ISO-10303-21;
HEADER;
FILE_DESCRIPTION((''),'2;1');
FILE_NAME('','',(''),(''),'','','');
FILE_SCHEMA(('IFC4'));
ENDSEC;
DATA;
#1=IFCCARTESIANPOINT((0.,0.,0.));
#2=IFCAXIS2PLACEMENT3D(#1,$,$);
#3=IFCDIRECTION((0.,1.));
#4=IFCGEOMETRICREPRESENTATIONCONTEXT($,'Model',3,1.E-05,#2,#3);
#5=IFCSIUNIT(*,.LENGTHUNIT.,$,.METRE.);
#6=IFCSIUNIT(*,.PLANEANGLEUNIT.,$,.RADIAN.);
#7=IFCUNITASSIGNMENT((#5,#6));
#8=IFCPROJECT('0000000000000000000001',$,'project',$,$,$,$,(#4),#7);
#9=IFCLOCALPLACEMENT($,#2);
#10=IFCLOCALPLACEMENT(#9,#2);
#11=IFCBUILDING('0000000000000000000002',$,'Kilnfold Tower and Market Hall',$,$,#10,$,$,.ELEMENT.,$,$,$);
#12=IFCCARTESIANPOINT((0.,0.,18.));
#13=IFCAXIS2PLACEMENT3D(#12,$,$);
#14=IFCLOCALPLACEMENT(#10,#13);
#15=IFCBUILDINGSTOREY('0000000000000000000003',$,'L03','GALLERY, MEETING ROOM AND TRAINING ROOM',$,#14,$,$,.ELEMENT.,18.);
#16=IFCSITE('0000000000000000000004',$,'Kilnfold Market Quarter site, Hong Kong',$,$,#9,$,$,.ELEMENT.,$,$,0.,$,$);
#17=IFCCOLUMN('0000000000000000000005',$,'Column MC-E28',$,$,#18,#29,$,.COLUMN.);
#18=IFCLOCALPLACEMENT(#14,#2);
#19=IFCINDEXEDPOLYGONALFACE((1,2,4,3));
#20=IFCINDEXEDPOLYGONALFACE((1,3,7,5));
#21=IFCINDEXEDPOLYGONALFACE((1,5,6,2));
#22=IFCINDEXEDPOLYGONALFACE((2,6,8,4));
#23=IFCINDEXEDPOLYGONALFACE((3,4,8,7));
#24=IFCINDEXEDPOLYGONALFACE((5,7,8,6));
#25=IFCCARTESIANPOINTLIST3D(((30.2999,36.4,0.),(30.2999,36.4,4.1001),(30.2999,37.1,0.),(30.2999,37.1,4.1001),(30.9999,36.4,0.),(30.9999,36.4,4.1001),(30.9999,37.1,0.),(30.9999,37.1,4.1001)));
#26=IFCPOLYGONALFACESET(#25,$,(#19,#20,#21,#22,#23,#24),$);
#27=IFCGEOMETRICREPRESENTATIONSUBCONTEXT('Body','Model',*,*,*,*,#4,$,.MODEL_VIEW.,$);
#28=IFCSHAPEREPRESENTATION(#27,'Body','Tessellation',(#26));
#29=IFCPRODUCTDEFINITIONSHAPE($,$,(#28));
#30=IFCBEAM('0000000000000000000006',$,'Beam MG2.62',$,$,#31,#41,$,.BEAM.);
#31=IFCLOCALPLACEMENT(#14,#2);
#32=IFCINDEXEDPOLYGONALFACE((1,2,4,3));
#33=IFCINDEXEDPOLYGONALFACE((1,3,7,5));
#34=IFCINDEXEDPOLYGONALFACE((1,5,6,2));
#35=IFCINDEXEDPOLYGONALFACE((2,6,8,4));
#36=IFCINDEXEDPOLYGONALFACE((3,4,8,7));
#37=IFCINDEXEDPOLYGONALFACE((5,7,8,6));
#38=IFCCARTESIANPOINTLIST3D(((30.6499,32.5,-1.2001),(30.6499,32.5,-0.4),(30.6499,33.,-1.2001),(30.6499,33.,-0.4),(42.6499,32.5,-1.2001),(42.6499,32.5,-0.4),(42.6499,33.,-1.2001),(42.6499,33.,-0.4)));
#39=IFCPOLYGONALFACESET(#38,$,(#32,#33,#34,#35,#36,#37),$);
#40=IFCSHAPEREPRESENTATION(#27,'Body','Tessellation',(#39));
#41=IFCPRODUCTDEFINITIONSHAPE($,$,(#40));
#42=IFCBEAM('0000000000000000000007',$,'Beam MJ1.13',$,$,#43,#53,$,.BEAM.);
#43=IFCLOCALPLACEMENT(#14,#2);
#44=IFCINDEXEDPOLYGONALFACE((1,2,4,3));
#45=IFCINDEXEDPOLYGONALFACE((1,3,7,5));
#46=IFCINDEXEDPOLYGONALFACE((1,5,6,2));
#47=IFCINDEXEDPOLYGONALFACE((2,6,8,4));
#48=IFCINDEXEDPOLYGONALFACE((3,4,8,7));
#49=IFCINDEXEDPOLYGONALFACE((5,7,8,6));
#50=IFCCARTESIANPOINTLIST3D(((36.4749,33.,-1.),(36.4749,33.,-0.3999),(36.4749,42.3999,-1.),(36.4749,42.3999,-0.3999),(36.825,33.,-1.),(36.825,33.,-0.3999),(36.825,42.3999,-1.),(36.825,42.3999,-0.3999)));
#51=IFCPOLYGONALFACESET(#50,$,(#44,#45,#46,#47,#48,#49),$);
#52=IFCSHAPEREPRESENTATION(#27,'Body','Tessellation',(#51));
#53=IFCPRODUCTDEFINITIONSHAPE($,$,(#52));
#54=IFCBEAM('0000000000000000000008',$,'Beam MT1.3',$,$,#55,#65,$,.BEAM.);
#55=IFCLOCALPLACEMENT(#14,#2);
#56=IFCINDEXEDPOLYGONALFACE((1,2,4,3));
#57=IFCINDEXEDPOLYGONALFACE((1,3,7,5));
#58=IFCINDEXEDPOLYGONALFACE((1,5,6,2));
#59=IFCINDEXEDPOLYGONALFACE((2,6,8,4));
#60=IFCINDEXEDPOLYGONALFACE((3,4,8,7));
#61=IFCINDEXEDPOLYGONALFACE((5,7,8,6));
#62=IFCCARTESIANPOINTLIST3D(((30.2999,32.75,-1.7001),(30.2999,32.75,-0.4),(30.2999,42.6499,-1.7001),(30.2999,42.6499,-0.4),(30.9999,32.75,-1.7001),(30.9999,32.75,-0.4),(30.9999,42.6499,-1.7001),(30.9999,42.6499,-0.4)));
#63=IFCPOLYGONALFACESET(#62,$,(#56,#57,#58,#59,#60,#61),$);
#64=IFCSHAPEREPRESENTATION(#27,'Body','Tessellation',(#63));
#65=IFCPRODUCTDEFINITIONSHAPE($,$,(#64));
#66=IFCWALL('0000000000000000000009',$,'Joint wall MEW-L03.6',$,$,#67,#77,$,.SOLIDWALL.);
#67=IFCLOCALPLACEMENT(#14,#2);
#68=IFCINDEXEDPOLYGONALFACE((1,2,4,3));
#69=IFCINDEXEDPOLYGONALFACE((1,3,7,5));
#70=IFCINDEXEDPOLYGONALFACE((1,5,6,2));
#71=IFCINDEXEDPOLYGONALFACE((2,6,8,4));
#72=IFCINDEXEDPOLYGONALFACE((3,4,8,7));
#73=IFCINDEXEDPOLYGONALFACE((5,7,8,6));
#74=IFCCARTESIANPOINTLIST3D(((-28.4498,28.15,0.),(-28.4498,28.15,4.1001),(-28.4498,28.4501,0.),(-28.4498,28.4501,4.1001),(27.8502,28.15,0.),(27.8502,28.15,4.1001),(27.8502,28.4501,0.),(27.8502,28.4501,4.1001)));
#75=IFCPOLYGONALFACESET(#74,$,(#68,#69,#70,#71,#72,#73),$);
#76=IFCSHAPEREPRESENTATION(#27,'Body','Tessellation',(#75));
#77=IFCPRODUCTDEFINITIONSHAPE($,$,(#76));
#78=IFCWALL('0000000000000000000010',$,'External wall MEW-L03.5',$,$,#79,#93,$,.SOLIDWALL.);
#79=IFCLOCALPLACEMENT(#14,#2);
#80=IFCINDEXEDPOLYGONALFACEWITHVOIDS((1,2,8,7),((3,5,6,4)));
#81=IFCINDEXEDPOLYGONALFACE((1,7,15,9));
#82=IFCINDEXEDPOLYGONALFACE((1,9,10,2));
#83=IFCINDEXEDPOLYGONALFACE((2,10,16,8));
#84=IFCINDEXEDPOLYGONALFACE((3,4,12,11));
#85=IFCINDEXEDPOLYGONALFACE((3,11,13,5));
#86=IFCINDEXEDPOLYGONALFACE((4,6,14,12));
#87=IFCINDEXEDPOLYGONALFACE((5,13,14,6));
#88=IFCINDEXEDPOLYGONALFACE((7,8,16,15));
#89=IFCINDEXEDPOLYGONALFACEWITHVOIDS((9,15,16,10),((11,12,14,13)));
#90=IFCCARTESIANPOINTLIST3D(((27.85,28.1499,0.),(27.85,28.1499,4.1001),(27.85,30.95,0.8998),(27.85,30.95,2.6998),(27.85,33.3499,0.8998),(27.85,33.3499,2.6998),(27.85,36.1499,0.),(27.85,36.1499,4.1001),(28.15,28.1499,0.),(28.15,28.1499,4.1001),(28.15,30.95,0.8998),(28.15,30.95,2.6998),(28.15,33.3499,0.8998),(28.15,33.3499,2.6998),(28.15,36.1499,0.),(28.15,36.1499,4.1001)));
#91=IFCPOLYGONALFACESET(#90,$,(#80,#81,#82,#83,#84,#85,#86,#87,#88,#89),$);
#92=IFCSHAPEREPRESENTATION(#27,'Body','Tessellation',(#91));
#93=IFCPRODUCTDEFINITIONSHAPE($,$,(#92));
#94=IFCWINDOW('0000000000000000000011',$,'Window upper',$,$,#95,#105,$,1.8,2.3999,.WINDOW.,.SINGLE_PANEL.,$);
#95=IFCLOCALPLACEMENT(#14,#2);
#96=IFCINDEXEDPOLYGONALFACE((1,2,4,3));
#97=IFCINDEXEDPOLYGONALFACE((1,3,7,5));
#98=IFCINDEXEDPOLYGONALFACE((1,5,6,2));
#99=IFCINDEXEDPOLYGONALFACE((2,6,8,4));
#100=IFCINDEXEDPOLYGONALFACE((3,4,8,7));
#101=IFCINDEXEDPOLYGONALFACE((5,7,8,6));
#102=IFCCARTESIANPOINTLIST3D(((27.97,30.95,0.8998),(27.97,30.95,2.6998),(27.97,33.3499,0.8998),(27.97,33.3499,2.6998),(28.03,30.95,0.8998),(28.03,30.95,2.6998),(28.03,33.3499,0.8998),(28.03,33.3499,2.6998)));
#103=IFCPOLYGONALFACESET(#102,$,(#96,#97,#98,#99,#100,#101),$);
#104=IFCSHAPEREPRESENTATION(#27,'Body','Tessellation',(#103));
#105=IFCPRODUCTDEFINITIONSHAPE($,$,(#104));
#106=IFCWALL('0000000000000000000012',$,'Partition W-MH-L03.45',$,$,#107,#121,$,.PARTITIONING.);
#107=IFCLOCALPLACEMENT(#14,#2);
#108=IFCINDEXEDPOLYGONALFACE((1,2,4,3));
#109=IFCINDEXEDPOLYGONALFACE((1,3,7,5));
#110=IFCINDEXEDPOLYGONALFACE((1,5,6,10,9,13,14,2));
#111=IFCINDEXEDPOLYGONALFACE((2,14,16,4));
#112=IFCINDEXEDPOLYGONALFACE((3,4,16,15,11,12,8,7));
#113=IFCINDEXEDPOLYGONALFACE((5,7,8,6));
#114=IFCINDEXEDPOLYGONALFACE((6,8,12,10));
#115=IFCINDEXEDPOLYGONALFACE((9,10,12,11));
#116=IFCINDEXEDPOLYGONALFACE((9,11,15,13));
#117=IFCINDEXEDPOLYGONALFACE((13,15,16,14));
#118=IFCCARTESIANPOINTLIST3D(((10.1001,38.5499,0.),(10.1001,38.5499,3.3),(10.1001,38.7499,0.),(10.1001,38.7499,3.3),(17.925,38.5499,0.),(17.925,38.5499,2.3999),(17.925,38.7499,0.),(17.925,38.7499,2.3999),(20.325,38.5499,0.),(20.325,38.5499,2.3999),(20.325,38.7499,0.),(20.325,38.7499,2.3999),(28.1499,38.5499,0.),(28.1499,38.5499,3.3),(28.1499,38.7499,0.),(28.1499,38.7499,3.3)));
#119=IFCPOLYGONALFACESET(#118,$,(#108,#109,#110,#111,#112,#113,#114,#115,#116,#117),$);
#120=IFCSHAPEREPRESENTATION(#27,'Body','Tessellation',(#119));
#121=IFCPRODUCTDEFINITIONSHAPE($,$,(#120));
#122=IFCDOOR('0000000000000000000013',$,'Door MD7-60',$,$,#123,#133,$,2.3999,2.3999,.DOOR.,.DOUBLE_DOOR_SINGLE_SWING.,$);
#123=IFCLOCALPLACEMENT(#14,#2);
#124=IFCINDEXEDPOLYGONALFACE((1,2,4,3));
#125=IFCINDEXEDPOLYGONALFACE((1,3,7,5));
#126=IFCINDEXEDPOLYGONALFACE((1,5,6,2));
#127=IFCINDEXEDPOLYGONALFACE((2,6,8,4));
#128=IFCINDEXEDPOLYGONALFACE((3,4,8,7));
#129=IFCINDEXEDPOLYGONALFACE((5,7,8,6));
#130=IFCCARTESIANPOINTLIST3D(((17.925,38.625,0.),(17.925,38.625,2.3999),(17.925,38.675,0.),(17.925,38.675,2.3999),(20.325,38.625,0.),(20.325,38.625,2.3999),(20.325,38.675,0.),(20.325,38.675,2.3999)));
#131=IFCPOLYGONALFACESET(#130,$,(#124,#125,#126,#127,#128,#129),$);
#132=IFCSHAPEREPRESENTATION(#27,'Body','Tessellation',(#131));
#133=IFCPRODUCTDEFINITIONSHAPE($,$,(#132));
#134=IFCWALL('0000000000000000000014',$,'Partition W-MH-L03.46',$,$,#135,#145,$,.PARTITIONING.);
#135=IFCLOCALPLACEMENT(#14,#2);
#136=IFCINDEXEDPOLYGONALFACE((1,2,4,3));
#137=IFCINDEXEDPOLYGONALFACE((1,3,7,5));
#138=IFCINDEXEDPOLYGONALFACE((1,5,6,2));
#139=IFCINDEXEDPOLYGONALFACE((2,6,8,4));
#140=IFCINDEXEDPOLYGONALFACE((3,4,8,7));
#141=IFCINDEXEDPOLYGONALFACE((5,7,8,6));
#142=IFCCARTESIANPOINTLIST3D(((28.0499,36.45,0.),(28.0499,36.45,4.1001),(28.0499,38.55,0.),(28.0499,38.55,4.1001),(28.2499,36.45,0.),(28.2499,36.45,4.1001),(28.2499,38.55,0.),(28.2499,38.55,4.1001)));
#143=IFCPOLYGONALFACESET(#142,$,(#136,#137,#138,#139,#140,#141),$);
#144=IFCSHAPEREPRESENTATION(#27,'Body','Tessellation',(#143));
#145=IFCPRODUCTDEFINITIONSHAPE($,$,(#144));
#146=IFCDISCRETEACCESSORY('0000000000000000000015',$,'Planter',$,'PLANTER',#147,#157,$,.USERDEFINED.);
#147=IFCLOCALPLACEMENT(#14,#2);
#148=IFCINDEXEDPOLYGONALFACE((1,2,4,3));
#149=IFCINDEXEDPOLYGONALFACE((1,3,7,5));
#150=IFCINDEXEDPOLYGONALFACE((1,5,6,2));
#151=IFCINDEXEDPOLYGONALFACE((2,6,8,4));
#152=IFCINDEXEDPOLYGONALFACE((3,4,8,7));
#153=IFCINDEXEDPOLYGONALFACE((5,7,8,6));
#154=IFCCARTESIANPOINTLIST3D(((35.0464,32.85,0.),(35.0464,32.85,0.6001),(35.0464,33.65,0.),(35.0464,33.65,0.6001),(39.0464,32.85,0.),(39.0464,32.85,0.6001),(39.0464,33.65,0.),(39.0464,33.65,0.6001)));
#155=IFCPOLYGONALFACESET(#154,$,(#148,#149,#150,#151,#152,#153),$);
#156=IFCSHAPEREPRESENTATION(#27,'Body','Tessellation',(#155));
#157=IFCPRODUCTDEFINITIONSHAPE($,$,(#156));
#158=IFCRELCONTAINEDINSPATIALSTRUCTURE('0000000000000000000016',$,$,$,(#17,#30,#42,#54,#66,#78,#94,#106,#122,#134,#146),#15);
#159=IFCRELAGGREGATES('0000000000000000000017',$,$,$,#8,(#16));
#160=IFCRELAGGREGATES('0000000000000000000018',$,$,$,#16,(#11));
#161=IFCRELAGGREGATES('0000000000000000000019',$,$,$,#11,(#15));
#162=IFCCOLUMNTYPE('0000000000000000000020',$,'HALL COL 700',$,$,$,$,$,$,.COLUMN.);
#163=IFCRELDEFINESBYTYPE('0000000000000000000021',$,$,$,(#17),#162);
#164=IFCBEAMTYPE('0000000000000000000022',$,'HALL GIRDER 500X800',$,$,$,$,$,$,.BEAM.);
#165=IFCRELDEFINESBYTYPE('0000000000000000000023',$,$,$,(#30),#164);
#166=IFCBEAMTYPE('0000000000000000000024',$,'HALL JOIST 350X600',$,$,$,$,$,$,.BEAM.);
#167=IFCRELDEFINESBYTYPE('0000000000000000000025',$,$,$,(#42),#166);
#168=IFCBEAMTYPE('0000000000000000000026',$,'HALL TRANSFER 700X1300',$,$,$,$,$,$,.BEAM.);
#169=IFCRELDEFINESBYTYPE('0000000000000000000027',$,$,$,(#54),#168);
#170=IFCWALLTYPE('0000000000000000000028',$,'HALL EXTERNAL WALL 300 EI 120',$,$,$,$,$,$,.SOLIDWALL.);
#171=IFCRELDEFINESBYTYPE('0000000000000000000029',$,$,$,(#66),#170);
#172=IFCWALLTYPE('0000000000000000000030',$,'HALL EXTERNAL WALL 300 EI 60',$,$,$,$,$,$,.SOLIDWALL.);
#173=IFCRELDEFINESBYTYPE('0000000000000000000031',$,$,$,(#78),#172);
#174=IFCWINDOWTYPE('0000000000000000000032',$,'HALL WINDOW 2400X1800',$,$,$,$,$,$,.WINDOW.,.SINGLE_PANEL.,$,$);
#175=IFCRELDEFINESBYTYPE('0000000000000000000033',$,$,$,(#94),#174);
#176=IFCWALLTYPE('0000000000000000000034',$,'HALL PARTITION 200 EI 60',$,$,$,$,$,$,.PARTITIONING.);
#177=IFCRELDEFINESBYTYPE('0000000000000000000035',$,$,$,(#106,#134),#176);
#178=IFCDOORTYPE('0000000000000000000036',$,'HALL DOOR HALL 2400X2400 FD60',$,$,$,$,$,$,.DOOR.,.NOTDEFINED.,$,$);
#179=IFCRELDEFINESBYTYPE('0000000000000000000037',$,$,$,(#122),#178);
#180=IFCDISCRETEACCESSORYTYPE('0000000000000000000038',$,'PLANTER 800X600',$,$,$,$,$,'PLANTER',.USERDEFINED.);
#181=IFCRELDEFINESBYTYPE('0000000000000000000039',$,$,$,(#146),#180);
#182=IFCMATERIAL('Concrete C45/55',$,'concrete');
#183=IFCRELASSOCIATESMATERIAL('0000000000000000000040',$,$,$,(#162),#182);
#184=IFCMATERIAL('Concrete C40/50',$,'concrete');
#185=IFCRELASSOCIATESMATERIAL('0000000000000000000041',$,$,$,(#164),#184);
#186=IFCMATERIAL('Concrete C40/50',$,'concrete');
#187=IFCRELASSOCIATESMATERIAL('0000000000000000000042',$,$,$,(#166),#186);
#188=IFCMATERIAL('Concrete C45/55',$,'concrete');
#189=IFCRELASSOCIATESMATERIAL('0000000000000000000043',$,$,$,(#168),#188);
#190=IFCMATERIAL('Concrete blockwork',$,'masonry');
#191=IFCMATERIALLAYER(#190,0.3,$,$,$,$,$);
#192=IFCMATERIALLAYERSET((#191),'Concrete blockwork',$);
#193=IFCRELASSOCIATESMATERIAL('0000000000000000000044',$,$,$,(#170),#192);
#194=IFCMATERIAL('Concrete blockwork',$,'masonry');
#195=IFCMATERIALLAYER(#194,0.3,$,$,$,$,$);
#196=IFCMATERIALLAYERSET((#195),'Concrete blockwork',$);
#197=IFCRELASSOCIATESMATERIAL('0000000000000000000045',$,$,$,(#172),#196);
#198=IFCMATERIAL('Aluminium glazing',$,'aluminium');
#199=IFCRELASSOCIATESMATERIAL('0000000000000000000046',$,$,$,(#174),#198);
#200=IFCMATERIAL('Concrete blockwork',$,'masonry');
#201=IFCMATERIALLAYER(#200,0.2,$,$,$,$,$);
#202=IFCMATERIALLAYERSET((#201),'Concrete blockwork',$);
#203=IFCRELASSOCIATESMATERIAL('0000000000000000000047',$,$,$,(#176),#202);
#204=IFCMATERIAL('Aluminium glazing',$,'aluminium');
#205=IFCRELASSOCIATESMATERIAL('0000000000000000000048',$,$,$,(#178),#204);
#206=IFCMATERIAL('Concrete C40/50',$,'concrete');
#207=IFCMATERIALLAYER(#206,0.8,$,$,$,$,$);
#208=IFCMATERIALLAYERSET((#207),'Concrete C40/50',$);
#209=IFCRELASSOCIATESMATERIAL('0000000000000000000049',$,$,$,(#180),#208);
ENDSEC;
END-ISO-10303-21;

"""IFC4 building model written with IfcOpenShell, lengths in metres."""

from ifc_helpers import new_model, si_unit, direction, frame, frame_2d, origin, origin_2d, place, context, subcontext, project, spatial, rectangle, extrude, source, transform, mapped, material, layer, layer_set, material_profile, profile_set, type_object, element, fill, save


model = new_model("IFC4")

# Units and contexts
model_context = context("Model", 3, precision=1e-05, world=origin(), true_north=direction((0.0, 1.0)))
body_context = subcontext(model_context, "Body", "Model", "MODEL_VIEW")
ifc_project = project(units=[si_unit("LENGTHUNIT", "METRE"), si_unit("PLANEANGLEUNIT", "RADIAN")], contexts=[model_context])

# Site, building, storey
site_placement = place(None, origin())
site = spatial("IfcSite", under=ifc_project, at=site_placement, Name="Kilnfold Market Quarter site, Hong Kong", CompositionType="ELEMENT", RefElevation=0.0)
building_placement = place(site_placement, origin())
building = spatial("IfcBuilding", under=site, at=building_placement, Name="Kilnfold Tower and Market Hall", CompositionType="ELEMENT")
storey_placement = place(building_placement, frame((0.0, 0.0, 18.0)))
storey = spatial("IfcBuildingStorey", under=building, at=storey_placement, Name="L03", Description="GALLERY, MEETING ROOM AND TRAINING ROOM", CompositionType="ELEMENT", Elevation=18.0)

# Column
ifc_material_1 = material(Name="Concrete C45/55", Category="concrete")
ifc_material_profile_1 = material_profile(ifc_material_1, rectangle(XDim=0.7, YDim=0.7, at=origin_2d()), Name="RC 700x700")
ifc_profile_set_1 = profile_set([ifc_material_profile_1], Name="Concrete C45/55")
column_type = type_object("IfcColumnType", Name="HALL COL 700", PredefinedType="COLUMN", material=ifc_profile_set_1)
shared_shape_1 = source(origin(), body_context, "Body", "SweptSolid", [
    extrude(rectangle(XDim=0.7, YDim=0.7, at=origin_2d()), origin(), (0.0, 0.0, 1.0), 4.1001),
])
column_placement = place(storey_placement, frame((30.6499, 36.75, 0.0), z_axis=(0.0, 0.0, 1.0), x_axis=(1.0, 0.0, 0.0)))
element("IfcColumn", 1, at=column_placement, inside=storey, type_object=column_type, Name="Column MC-E28", PredefinedType="COLUMN", context=body_context, shape_type="MappedRepresentation", body=[
    mapped(shared_shape_1, transform((0.0, 0.0, 0.0))),
])

# Beams
ifc_material_2 = material(Name="Concrete C40/50", Category="concrete")
ifc_material_profile_2 = material_profile(ifc_material_2, rectangle(XDim=0.5, YDim=0.8, at=origin_2d()), Name="RC 500x800")
ifc_profile_set_2 = profile_set([ifc_material_profile_2], Name="Concrete C40/50")
beam_type_1 = type_object("IfcBeamType", Name="HALL GIRDER 500X800", PredefinedType="BEAM", material=ifc_profile_set_2)
beam_1_placement = place(storey_placement, frame((30.6499, 32.75, -0.8), z_axis=(1.0, 0.0, 0.0), x_axis=(0.0, 1.0, 0.0)))
element("IfcBeam", 2, at=beam_1_placement, inside=storey, type_object=beam_type_1, Name="Beam MG2.62", PredefinedType="BEAM", context=body_context, shape_type="SweptSolid", body=[
    extrude(rectangle(XDim=0.5, YDim=0.8, at=origin_2d()), origin(), (0.0, 0.0, 1.0), 12.0),
])
ifc_material_3 = material(Name="Concrete C40/50", Category="concrete")
ifc_material_profile_3 = material_profile(ifc_material_3, rectangle(XDim=0.3501, YDim=0.6001, at=origin_2d()), Name="RC 350x600")
ifc_profile_set_3 = profile_set([ifc_material_profile_3], Name="Concrete C40/50")
beam_type_2 = type_object("IfcBeamType", Name="HALL JOIST 350X600", PredefinedType="BEAM", material=ifc_profile_set_3)
beam_2_placement = place(storey_placement, frame((36.6499, 33.0, -0.7), z_axis=(0.0, 1.0, 0.0), x_axis=(-1.0, 0.0, 0.0)))
element("IfcBeam", 3, at=beam_2_placement, inside=storey, type_object=beam_type_2, Name="Beam MJ1.13", PredefinedType="BEAM", context=body_context, shape_type="SweptSolid", body=[
    extrude(rectangle(XDim=0.3501, YDim=0.6001, at=origin_2d()), origin(), (0.0, 0.0, 1.0), 9.3999),
])
ifc_material_4 = material(Name="Concrete C45/55", Category="concrete")
ifc_material_profile_4 = material_profile(ifc_material_4, rectangle(XDim=0.7, YDim=1.3, at=origin_2d()), Name="RC 700x1300")
ifc_profile_set_4 = profile_set([ifc_material_profile_4], Name="Concrete C45/55")
beam_type_3 = type_object("IfcBeamType", Name="HALL TRANSFER 700X1300", PredefinedType="BEAM", material=ifc_profile_set_4)
beam_3_placement = place(storey_placement, frame((30.6499, 32.75, -1.05), z_axis=(0.0, 1.0, 0.0), x_axis=(-1.0, 0.0, 0.0)))
element("IfcBeam", 4, at=beam_3_placement, inside=storey, type_object=beam_type_3, Name="Beam MT1.3", PredefinedType="BEAM", context=body_context, shape_type="SweptSolid", body=[
    extrude(rectangle(XDim=0.7, YDim=1.3, at=origin_2d()), origin(), (0.0, 0.0, 1.0), 9.8999),
])

# Wall
ifc_material_5 = material(Name="Concrete blockwork", Category="masonry")
ifc_layer_1 = layer(ifc_material_5, 0.3)
ifc_layer_set_1 = layer_set([ifc_layer_1], Name="Concrete blockwork")
wall_type_1 = type_object("IfcWallType", Name="HALL EXTERNAL WALL 300 EI 120", PredefinedType="SOLIDWALL", material=ifc_layer_set_1)
shared_shape_2 = source(origin(), body_context, "Body", "SweptSolid", [
    extrude(rectangle(XDim=56.3, YDim=0.3, at=frame_2d((28.1499, 0.0))), origin(), (0.0, 0.0, 1.0), 4.1001),
])
wall_1_placement = place(storey_placement, frame((27.8501, 28.3, 0.0), z_axis=(0.0, 0.0, 1.0), x_axis=(-1.0, 0.0, 0.0)))
element("IfcWall", 5, at=wall_1_placement, inside=storey, type_object=wall_type_1, Name="Joint wall MEW-L03.6", PredefinedType="SOLIDWALL", context=body_context, shape_type="MappedRepresentation", body=[
    mapped(shared_shape_2, transform((0.0, 0.0, 0.0))),
])

# Wall, opening, window
ifc_material_6 = material(Name="Concrete blockwork", Category="masonry")
ifc_layer_2 = layer(ifc_material_6, 0.3)
ifc_layer_set_2 = layer_set([ifc_layer_2], Name="Concrete blockwork")
wall_type_2 = type_object("IfcWallType", Name="HALL EXTERNAL WALL 300 EI 60", PredefinedType="SOLIDWALL", material=ifc_layer_set_2)
shared_shape_3 = source(origin(), body_context, "Body", "SweptSolid", [
    extrude(rectangle(XDim=8.0, YDim=0.3, at=frame_2d((4.0, 0.0))), origin(), (0.0, 0.0, 1.0), 4.1001),
])
wall_2_placement = place(storey_placement, frame((28.0, 36.1499, 0.0), z_axis=(0.0, 0.0, 1.0), x_axis=(0.0, -1.0, 0.0)))
wall_2 = element("IfcWall", 6, at=wall_2_placement, inside=storey, type_object=wall_type_2, Name="External wall MEW-L03.5", PredefinedType="SOLIDWALL", context=body_context, shape_type="MappedRepresentation", body=[
    mapped(shared_shape_3, transform((0.0, 0.0, 0.0))),
])
opening_1_placement = place(wall_2_placement, frame((2.8, 0.0, 0.8999)))
opening_1 = element("IfcOpeningElement", 7, at=opening_1_placement, cuts=wall_2, PredefinedType="OPENING", context=body_context, shape_type="SweptSolid", body=[
    extrude(rectangle(XDim=2.3999, YDim=1.8, at=frame_2d((1.2, 0.8999))), frame((0.0, 0.1602, 0.0), z_axis=(0.0, -1.0, 0.0), x_axis=(1.0, 0.0, 0.0)), (0.0, 0.0, 1.0), 0.3201),
])
ifc_material_7 = material(Name="Aluminium glazing", Category="aluminium")
window_type = type_object("IfcWindowType", Name="HALL WINDOW 2400X1800", PartitioningType="SINGLE_PANEL", PredefinedType="WINDOW", material=ifc_material_7)
window_placement = place(opening_1_placement, origin())
window = element("IfcWindow", 8, at=window_placement, inside=storey, type_object=window_type, Name="Window upper", OverallHeight=1.8, OverallWidth=2.3999, PartitioningType="SINGLE_PANEL", PredefinedType="WINDOW", context=body_context, shape_type="SweptSolid", body=[
    extrude(rectangle(XDim=2.3999, YDim=1.8, at=frame_2d((1.2, 0.8999))), frame((0.0, 0.03, 0.0), z_axis=(0.0, -1.0, 0.0), x_axis=(1.0, 0.0, 0.0)), (0.0, 0.0, 1.0), 0.0601),
])
fill(opening_1, window)

# Wall, opening, door
ifc_material_8 = material(Name="Concrete blockwork", Category="masonry")
ifc_layer_3 = layer(ifc_material_8, 0.2)
ifc_layer_set_3 = layer_set([ifc_layer_3], Name="Concrete blockwork")
wall_type_3 = type_object("IfcWallType", Name="HALL PARTITION 200 EI 60", PredefinedType="PARTITIONING", material=ifc_layer_set_3)
shared_shape_4 = source(origin(), body_context, "Body", "SweptSolid", [
    extrude(rectangle(XDim=18.0498, YDim=0.2, at=frame_2d((9.0249, 0.0))), origin(), (0.0, 0.0, 1.0), 3.3),
])
wall_3_placement = place(storey_placement, frame((28.1499, 38.6499, 0.0), z_axis=(0.0, 0.0, 1.0), x_axis=(-1.0, 0.0, 0.0)))
wall_3 = element("IfcWall", 9, at=wall_3_placement, inside=storey, type_object=wall_type_3, Name="Partition W-MH-L03.45", PredefinedType="PARTITIONING", context=body_context, shape_type="MappedRepresentation", body=[
    mapped(shared_shape_4, transform((0.0, 0.0, 0.0))),
])
opening_2_placement = place(wall_3_placement, frame((7.825, 0.0, 0.0)))
opening_2 = element("IfcOpeningElement", 10, at=opening_2_placement, cuts=wall_3, PredefinedType="OPENING", context=body_context, shape_type="SweptSolid", body=[
    extrude(rectangle(XDim=2.3999, YDim=2.3999, at=frame_2d((1.2, 1.2))), frame((0.0, 0.1099, 0.0), z_axis=(0.0, -1.0, 0.0), x_axis=(1.0, 0.0, 0.0)), (0.0, 0.0, 1.0), 0.22),
])
ifc_material_9 = material(Name="Aluminium glazing", Category="aluminium")
door_type = type_object("IfcDoorType", Name="HALL DOOR HALL 2400X2400 FD60", OperationType="NOTDEFINED", PredefinedType="DOOR", material=ifc_material_9)
door_placement = place(opening_2_placement, origin())
door = element("IfcDoor", 11, at=door_placement, inside=storey, type_object=door_type, Name="Door MD7-60", OperationType="DOUBLE_DOOR_SINGLE_SWING", OverallHeight=2.3999, OverallWidth=2.3999, PredefinedType="DOOR", context=body_context, shape_type="SweptSolid", body=[
    extrude(rectangle(XDim=2.3999, YDim=2.3999, at=frame_2d((1.2, 1.2))), frame((0.0, 0.0249, 0.0), z_axis=(0.0, -1.0, 0.0), x_axis=(1.0, 0.0, 0.0)), (0.0, 0.0, 1.0), 0.05),
])
fill(opening_2, door)

# Wall
shared_shape_5 = source(origin(), body_context, "Body", "SweptSolid", [
    extrude(rectangle(XDim=2.1001, YDim=0.2, at=frame_2d((1.05, 0.0))), origin(), (0.0, 0.0, 1.0), 4.1001),
])
wall_4_placement = place(storey_placement, frame((28.1499, 38.55, 0.0), z_axis=(0.0, 0.0, 1.0), x_axis=(0.0, -1.0, 0.0)))
element("IfcWall", 12, at=wall_4_placement, inside=storey, type_object=wall_type_3, Name="Partition W-MH-L03.46", PredefinedType="PARTITIONING", context=body_context, shape_type="MappedRepresentation", body=[
    mapped(shared_shape_5, transform((0.0, 0.0, 0.0))),
])

# Discrete accessory
ifc_material_10 = material(Name="Concrete C40/50", Category="concrete")
ifc_layer_4 = layer(ifc_material_10, 0.8)
ifc_layer_set_4 = layer_set([ifc_layer_4], Name="Concrete C40/50")
discrete_accessory_type = type_object("IfcDiscreteAccessoryType", Name="PLANTER 800X600", ElementType="PLANTER", PredefinedType="USERDEFINED", material=ifc_layer_set_4)
shared_shape_6 = source(origin(), body_context, "Body", "SweptSolid", [
    extrude(rectangle(XDim=4.0, YDim=0.8, at=origin_2d()), origin(), (0.0, 0.0, 1.0), 0.6001),
])
for number, where, z_axis, x_axis, name in (
    (13, (37.0464, 33.25, 0.0), (0.0, 0.0, 1.0), (-1.0, 0.0, 0.0), "Planter"),
):
    element("IfcDiscreteAccessory", number, at=place(storey_placement, frame(where, z_axis=z_axis, x_axis=x_axis)), inside=storey, type_object=discrete_accessory_type, Name=name, ObjectType="PLANTER", PredefinedType="USERDEFINED", context=body_context, shape_type="MappedRepresentation", body=[
        mapped(shared_shape_6, transform((0.0, 0.0, 0.0))),
    ])

save(model, "model.ifc")
